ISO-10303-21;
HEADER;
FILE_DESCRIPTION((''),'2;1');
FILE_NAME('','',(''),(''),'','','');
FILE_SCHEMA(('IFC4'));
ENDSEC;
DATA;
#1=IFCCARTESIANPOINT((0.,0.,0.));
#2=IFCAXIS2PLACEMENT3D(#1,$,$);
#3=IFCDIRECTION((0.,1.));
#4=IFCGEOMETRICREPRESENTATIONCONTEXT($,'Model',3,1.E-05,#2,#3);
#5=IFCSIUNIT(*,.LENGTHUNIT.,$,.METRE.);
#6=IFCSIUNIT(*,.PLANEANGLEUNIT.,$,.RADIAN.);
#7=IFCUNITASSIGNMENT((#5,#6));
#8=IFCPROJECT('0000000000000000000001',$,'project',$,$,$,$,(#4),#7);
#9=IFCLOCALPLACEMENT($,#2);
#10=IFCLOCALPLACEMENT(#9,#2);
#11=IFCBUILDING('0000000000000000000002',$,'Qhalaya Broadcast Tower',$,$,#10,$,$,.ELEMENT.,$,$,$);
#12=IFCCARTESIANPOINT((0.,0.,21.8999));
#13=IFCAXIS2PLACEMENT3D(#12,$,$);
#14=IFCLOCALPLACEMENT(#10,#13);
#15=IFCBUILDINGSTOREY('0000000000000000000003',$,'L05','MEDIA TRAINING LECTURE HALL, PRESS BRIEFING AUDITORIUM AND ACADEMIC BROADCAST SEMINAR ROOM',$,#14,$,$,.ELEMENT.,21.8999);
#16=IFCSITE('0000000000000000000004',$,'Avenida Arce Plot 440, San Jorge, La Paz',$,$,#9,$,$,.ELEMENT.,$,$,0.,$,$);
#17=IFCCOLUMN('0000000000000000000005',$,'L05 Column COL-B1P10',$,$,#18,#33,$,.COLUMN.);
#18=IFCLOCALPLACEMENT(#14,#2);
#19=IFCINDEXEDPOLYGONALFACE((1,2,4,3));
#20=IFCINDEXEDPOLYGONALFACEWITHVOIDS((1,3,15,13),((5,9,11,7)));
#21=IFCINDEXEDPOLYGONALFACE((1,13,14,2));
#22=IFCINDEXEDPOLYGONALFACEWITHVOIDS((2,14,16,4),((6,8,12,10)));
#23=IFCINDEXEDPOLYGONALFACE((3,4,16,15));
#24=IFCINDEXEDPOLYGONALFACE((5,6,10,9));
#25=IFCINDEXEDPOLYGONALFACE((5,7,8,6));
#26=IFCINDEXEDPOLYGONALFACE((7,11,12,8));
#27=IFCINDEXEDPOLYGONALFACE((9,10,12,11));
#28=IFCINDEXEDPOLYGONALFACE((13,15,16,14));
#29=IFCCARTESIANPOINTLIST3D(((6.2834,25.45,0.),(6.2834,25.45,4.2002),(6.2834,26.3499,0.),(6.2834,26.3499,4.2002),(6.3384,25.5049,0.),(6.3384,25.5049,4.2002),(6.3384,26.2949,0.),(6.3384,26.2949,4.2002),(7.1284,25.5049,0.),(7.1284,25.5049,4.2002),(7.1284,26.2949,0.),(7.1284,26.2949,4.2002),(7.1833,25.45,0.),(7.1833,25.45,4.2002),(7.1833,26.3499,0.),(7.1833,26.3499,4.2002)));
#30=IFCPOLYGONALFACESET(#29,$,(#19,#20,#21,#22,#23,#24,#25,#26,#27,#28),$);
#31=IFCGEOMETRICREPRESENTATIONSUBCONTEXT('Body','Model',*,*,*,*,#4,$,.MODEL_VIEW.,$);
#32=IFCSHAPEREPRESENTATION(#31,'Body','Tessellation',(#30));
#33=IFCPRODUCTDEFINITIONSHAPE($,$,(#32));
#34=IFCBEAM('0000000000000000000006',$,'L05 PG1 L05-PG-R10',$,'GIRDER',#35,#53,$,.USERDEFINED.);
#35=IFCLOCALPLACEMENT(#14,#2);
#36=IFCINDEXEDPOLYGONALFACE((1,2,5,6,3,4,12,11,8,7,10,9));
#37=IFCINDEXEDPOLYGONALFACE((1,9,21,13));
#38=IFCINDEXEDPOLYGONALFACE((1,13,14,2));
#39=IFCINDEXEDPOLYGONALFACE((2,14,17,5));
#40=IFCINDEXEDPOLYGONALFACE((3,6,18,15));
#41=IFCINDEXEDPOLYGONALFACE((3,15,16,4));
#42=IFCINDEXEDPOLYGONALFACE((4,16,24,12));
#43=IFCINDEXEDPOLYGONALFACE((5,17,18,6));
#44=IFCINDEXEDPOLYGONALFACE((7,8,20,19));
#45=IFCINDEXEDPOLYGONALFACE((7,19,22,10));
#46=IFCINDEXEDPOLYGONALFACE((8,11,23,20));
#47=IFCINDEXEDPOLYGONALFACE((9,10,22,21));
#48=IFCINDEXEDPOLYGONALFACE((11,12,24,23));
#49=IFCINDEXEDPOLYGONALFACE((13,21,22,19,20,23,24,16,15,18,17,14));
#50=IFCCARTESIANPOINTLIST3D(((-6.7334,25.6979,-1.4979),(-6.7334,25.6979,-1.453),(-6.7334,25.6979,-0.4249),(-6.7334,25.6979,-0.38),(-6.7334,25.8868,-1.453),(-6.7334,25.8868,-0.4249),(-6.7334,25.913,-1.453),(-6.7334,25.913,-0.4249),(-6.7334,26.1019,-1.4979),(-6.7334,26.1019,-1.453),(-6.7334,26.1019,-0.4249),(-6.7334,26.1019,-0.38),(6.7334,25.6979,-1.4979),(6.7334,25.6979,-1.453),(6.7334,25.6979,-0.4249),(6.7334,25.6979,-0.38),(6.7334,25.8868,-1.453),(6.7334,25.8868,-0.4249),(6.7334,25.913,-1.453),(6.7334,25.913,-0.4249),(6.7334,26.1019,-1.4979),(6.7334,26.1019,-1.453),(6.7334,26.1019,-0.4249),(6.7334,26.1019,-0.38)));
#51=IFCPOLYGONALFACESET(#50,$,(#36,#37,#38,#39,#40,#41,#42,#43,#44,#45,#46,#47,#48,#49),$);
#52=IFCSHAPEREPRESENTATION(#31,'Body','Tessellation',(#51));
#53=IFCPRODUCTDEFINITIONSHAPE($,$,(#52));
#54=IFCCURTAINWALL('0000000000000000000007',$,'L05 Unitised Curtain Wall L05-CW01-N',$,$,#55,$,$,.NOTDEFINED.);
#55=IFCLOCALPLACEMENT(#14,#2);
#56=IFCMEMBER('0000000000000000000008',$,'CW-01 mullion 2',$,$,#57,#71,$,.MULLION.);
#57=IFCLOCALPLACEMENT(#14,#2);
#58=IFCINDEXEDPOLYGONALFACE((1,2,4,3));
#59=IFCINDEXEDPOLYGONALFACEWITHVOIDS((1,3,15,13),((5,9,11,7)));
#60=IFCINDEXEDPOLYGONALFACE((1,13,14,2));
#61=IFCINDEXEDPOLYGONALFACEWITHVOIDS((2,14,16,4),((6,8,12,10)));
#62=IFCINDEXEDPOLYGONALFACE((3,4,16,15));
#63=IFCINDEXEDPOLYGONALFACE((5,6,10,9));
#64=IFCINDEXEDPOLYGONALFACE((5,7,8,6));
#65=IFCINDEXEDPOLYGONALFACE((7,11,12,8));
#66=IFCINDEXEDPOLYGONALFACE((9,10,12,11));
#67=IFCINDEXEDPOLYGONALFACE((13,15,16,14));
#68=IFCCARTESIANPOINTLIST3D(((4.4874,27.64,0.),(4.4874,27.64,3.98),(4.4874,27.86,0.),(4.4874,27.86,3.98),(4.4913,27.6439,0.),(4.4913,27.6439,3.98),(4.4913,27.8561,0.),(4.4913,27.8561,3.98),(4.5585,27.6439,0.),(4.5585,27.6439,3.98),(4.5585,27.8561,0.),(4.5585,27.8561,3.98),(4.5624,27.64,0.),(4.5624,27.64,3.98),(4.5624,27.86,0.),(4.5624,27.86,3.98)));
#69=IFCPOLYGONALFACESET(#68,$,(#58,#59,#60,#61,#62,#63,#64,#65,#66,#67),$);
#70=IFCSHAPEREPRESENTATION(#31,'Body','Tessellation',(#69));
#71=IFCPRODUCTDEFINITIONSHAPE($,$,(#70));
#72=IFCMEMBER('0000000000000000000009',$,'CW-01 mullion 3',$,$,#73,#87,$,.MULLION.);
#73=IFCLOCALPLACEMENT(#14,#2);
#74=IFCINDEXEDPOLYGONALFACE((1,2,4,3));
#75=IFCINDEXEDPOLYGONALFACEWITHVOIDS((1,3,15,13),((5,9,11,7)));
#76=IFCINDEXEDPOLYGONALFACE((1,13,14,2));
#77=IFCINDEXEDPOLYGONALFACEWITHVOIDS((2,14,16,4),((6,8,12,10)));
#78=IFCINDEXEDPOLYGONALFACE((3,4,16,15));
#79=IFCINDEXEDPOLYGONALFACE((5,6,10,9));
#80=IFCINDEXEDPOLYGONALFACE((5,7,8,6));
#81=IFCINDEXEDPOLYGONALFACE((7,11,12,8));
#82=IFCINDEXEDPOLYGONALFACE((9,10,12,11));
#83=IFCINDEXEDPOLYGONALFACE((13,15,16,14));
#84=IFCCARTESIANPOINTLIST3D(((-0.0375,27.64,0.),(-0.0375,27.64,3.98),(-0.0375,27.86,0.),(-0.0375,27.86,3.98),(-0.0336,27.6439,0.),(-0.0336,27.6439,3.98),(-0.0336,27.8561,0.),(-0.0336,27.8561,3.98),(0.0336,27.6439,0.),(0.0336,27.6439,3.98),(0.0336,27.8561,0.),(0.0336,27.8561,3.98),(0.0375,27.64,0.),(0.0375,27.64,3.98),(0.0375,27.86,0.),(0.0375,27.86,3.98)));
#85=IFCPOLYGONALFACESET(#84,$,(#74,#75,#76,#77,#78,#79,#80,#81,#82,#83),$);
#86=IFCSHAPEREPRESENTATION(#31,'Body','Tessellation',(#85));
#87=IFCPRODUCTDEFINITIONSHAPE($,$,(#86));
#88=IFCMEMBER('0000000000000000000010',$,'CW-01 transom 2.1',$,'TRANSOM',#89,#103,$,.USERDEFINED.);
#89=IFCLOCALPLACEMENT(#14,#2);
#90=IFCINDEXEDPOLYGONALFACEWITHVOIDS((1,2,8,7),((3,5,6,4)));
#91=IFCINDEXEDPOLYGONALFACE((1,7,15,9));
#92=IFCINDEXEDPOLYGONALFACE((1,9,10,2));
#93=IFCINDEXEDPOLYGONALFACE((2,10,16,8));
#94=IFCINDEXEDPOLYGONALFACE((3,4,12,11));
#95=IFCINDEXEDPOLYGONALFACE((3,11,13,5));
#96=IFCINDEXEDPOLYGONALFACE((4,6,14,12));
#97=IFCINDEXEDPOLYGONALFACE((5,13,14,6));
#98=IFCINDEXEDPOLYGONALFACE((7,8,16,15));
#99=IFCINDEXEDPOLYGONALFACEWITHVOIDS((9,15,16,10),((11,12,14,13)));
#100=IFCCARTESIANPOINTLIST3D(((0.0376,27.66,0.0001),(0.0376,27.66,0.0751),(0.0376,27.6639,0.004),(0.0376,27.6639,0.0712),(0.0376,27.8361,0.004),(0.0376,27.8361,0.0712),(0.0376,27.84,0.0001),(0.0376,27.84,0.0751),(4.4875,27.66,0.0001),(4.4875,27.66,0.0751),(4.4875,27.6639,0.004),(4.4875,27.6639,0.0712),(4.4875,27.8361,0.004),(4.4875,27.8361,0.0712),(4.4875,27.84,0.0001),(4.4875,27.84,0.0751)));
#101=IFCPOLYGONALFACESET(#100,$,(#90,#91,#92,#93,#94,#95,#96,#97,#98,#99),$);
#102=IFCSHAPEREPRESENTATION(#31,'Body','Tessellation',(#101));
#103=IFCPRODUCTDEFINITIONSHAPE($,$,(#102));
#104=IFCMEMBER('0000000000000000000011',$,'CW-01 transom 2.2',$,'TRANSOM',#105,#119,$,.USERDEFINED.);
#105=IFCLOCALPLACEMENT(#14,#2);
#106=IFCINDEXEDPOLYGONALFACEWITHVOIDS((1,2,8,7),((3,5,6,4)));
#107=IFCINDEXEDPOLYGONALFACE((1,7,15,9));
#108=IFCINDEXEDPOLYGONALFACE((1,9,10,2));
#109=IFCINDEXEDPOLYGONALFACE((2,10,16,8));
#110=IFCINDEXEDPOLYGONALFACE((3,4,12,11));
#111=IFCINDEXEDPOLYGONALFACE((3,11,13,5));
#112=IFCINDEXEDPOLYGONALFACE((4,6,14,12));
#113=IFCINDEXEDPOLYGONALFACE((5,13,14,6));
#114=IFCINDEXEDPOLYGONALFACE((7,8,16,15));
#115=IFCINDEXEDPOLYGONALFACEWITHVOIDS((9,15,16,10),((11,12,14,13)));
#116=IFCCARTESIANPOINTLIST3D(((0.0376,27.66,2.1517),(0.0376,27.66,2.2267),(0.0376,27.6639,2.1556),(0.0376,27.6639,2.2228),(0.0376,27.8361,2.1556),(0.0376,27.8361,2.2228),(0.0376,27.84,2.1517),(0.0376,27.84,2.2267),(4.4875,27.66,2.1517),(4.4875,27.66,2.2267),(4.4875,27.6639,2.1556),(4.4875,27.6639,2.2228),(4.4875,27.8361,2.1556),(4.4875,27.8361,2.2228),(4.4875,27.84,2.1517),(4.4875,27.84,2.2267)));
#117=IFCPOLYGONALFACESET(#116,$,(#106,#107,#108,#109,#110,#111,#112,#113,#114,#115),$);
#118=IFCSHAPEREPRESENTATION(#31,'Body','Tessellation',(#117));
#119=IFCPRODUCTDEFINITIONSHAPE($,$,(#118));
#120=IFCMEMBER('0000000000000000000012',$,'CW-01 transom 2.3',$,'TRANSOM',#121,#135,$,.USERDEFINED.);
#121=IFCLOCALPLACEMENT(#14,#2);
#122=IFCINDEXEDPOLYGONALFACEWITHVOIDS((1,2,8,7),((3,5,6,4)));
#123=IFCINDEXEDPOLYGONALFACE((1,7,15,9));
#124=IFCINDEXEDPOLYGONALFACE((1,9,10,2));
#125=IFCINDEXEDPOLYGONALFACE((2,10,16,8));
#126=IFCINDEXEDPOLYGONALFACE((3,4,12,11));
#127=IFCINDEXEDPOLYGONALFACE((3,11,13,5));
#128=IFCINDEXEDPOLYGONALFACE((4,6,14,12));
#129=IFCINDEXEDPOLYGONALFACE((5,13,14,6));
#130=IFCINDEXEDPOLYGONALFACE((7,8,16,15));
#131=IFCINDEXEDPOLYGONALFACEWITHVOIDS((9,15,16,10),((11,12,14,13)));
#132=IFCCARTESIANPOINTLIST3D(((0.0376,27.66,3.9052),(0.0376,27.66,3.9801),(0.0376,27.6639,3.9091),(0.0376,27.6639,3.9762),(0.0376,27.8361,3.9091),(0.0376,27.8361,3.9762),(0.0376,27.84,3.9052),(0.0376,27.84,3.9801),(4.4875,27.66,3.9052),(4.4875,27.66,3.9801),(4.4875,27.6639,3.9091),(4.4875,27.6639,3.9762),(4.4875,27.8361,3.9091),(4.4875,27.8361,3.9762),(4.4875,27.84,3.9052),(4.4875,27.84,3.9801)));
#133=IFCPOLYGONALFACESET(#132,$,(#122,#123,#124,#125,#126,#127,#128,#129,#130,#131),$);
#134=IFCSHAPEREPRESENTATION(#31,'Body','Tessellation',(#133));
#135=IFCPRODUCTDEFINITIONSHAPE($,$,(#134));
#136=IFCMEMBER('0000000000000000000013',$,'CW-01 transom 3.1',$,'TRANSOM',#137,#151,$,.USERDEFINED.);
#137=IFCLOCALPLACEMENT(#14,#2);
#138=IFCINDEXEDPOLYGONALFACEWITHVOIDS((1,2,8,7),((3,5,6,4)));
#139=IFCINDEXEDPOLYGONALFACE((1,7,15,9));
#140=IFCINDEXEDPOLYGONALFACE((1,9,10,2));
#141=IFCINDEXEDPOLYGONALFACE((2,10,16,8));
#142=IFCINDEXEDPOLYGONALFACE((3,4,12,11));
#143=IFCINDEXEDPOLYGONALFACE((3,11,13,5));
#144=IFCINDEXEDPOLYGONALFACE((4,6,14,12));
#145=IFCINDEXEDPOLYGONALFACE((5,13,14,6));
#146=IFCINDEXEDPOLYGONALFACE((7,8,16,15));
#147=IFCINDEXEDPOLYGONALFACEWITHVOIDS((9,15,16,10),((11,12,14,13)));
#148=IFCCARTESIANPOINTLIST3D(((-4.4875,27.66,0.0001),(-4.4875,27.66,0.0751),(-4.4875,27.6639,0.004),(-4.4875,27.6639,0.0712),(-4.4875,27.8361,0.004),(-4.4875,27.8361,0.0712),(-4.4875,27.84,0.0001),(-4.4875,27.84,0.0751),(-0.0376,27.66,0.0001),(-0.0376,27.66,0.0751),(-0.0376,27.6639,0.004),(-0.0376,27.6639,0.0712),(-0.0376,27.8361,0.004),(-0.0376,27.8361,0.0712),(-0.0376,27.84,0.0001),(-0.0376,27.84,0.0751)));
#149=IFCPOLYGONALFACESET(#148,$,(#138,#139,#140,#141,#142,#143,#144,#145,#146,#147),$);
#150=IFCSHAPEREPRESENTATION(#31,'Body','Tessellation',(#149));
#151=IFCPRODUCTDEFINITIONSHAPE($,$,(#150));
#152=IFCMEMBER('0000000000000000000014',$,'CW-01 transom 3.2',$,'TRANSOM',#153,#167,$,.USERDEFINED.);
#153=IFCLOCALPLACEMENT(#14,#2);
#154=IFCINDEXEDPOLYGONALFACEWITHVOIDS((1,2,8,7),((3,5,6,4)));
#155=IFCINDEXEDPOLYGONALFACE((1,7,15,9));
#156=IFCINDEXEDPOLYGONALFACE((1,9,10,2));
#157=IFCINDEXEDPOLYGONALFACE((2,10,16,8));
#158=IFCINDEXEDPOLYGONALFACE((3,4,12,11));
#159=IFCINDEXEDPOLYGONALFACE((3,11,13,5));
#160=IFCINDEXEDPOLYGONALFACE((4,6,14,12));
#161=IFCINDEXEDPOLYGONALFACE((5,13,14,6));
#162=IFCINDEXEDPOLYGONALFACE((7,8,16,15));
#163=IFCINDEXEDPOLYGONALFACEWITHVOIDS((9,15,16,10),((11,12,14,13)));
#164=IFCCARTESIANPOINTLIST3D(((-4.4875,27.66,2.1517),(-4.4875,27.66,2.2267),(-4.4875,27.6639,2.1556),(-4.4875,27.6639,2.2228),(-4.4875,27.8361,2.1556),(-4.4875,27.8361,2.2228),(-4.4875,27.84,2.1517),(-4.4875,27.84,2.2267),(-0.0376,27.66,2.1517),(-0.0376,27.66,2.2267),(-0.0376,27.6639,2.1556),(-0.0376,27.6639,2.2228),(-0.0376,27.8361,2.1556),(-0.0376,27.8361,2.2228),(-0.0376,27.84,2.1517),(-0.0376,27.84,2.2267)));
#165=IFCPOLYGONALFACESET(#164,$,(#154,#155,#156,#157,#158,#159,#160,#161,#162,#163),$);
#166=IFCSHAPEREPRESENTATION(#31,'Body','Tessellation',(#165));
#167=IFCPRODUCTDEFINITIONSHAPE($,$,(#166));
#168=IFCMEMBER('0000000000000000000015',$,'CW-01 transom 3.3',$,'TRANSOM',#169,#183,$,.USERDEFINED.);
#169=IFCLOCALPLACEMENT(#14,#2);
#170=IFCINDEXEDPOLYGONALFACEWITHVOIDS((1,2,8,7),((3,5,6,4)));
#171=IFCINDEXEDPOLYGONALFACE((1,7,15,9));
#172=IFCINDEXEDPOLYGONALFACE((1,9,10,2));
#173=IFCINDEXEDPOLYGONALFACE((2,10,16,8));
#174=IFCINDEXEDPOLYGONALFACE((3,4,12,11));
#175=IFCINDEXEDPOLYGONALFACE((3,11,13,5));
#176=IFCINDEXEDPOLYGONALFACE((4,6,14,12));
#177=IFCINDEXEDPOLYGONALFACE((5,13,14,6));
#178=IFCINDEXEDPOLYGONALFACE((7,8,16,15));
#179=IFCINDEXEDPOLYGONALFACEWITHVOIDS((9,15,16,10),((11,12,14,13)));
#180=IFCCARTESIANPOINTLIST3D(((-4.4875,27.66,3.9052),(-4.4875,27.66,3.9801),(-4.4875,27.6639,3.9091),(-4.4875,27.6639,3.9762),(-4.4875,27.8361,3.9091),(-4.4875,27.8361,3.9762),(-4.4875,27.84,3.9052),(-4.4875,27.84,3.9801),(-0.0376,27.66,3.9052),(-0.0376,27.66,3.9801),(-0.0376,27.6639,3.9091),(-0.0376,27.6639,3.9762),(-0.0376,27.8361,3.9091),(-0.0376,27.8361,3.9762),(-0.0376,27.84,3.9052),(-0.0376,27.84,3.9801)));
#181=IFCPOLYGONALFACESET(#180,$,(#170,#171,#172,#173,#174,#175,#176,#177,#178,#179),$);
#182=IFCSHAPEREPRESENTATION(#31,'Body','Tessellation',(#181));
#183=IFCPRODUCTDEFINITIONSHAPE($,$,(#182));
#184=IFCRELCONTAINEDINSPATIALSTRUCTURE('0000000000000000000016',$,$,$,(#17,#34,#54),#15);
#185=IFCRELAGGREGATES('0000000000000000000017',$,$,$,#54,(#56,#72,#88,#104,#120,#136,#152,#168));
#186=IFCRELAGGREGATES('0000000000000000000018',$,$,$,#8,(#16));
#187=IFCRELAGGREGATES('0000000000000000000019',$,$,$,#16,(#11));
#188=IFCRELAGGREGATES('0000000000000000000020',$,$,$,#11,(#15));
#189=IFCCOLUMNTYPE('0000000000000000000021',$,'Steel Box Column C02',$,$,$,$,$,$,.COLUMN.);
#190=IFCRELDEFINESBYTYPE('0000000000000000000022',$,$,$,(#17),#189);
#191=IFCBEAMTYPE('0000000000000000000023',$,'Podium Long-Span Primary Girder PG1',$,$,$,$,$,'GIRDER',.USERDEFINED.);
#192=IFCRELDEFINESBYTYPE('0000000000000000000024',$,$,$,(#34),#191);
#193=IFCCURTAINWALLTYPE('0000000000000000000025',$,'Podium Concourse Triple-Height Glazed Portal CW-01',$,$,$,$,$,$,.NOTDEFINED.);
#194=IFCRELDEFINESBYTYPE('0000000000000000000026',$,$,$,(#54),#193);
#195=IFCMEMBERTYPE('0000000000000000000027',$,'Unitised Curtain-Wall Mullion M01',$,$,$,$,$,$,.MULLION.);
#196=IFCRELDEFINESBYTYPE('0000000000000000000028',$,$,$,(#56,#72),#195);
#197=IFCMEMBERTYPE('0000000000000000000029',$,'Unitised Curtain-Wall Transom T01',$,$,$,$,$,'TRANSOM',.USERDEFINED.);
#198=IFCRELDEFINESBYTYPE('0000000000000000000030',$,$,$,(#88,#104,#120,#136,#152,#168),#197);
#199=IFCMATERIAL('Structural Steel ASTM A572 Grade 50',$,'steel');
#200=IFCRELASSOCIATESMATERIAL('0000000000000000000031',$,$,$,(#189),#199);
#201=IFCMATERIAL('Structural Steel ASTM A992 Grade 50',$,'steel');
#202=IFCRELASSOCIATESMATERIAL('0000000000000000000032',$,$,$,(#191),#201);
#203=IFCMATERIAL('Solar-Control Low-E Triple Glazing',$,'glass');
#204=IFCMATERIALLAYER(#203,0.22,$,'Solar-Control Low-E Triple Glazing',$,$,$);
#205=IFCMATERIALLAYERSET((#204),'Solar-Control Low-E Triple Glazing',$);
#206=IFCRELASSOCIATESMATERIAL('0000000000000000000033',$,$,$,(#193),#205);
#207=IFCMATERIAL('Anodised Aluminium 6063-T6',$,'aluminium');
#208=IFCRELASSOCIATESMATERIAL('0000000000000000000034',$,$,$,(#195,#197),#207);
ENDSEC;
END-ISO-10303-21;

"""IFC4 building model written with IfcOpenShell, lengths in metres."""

from ifc_helpers import new_model, si_unit, direction, frame, origin, origin_2d, place, context, subcontext, project, spatial, hollow_rectangle, i_section, extrude, material, layer, layer_set, material_profile, profile_set, type_object, element, aggregate, save


model = new_model("IFC4")

# Units and contexts
model_context = context("Model", 3, precision=1e-05, world=origin(), true_north=direction((0.0, 1.0)))
body_context = subcontext(model_context, "Body", "Model", "MODEL_VIEW")
ifc_project = project(units=[si_unit("LENGTHUNIT", "METRE"), si_unit("PLANEANGLEUNIT", "RADIAN")], contexts=[model_context])

# Site, building, storey
site_placement = place(None, origin())
site = spatial("IfcSite", under=ifc_project, at=site_placement, Name="Avenida Arce Plot 440, San Jorge, La Paz", CompositionType="ELEMENT", RefElevation=0.0)
building_placement = place(site_placement, origin())
building = spatial("IfcBuilding", under=site, at=building_placement, Name="Qhalaya Broadcast Tower", CompositionType="ELEMENT")
storey_placement = place(building_placement, frame((0.0, 0.0, 21.8999)))
storey = spatial("IfcBuildingStorey", under=building, at=storey_placement, Name="L05", Description="MEDIA TRAINING LECTURE HALL, PRESS BRIEFING AUDITORIUM AND ACADEMIC BROADCAST SEMINAR ROOM", CompositionType="ELEMENT", Elevation=21.8999)

# Column
ifc_material_1 = material(Name="Structural Steel ASTM A572 Grade 50", Category="steel")
ifc_material_profile_1 = material_profile(ifc_material_1, hollow_rectangle(XDim=0.8999, YDim=0.8999, WallThickness=0.0549, at=origin_2d()), Name="BOX 900x900x55")
ifc_profile_set_1 = profile_set([ifc_material_profile_1], Name="Structural Steel ASTM A572 Grade 50")
column_type = type_object("IfcColumnType", Name="Steel Box Column C02", PredefinedType="COLUMN", material=ifc_profile_set_1)
column_placement = place(storey_placement, frame((6.7334, 25.8999, 0.0), z_axis=(0.0, 0.0, 1.0), x_axis=(1.0, 0.0, 0.0)))
element("IfcColumn", 1, at=column_placement, inside=storey, type_object=column_type, Name="L05 Column COL-B1P10", PredefinedType="COLUMN", context=body_context, shape_type="SweptSolid", body=[
    extrude(hollow_rectangle(XDim=0.8999, YDim=0.8999, WallThickness=0.0549, at=origin_2d()), origin(), (0.0, 0.0, 1.0), 4.2002),
])

# Beam
ifc_material_2 = material(Name="Structural Steel ASTM A992 Grade 50", Category="steel")
ifc_material_profile_2 = material_profile(ifc_material_2, i_section(OverallWidth=0.4041, OverallDepth=1.1179, WebThickness=0.0261, FlangeThickness=0.0449, at=origin_2d()), Name="W44X335")
ifc_profile_set_2 = profile_set([ifc_material_profile_2], Name="Structural Steel ASTM A992 Grade 50")
beam_type = type_object("IfcBeamType", Name="Podium Long-Span Primary Girder PG1", ElementType="GIRDER", PredefinedType="USERDEFINED", material=ifc_profile_set_2)
beam_placement = place(storey_placement, frame((6.7334, 25.8999, -0.939), z_axis=(-1.0, 0.0, 0.0), x_axis=(0.0, -1.0, 0.0)))
element("IfcBeam", 2, at=beam_placement, inside=storey, type_object=beam_type, Name="L05 PG1 L05-PG-R10", ObjectType="GIRDER", PredefinedType="USERDEFINED", context=body_context, shape_type="SweptSolid", body=[
    extrude(i_section(OverallWidth=0.4041, OverallDepth=1.1179, WebThickness=0.0261, FlangeThickness=0.0449, at=origin_2d()), origin(), (0.0, 0.0, 1.0), 13.4668),
])

# Curtain wall, members
ifc_material_3 = material(Name="Solar-Control Low-E Triple Glazing", Category="glass")
ifc_layer_1 = layer(ifc_material_3, 0.22, Name="Solar-Control Low-E Triple Glazing")
ifc_layer_set_1 = layer_set([ifc_layer_1], Name="Solar-Control Low-E Triple Glazing")
curtain_wall_type = type_object("IfcCurtainWallType", Name="Podium Concourse Triple-Height Glazed Portal CW-01", PredefinedType="NOTDEFINED", material=ifc_layer_set_1)
curtain_wall_placement = place(storey_placement, origin())
curtain_wall = element("IfcCurtainWall", 3, at=curtain_wall_placement, inside=storey, type_object=curtain_wall_type, Name="L05 Unitised Curtain Wall L05-CW01-N", PredefinedType="NOTDEFINED")
ifc_material_4 = material(Name="Anodised Aluminium 6063-T6", Category="aluminium")
ifc_material_profile_3 = material_profile(ifc_material_4, hollow_rectangle(XDim=0.075, YDim=0.22, WallThickness=0.0039, at=origin_2d()), Name="ALU-MUL 75x220x4")
ifc_profile_set_3 = profile_set([ifc_material_profile_3], Name="Anodised Aluminium 6063-T6")
member_type_1 = type_object("IfcMemberType", Name="Unitised Curtain-Wall Mullion M01", PredefinedType="MULLION", material=ifc_profile_set_3)
member_1_placement = place(storey_placement, frame((4.5249, 27.75, 0.0), z_axis=(0.0, 0.0, 1.0), x_axis=(-1.0, 0.0, 0.0)))
member_1 = element("IfcMember", 4, at=member_1_placement, type_object=member_type_1, Name="CW-01 mullion 2", PredefinedType="MULLION", context=body_context, shape_type="SweptSolid", body=[
    extrude(hollow_rectangle(XDim=0.075, YDim=0.22, WallThickness=0.0039, at=origin_2d()), origin(), (0.0, 0.0, 1.0), 3.98),
])
member_2_placement = place(storey_placement, frame((0.0, 27.75, 0.0), z_axis=(0.0, 0.0, 1.0), x_axis=(-1.0, 0.0, 0.0)))
member_2 = element("IfcMember", 5, at=member_2_placement, type_object=member_type_1, Name="CW-01 mullion 3", PredefinedType="MULLION", context=body_context, shape_type="SweptSolid", body=[
    extrude(hollow_rectangle(XDim=0.075, YDim=0.22, WallThickness=0.0039, at=origin_2d()), origin(), (0.0, 0.0, 1.0), 3.98),
])
ifc_material_profile_4 = material_profile(ifc_material_4, hollow_rectangle(XDim=0.075, YDim=0.1799, WallThickness=0.0039, at=origin_2d()), Name="ALU-TRN 75x180x4")
ifc_profile_set_4 = profile_set([ifc_material_profile_4], Name="Anodised Aluminium 6063-T6")
member_type_2 = type_object("IfcMemberType", Name="Unitised Curtain-Wall Transom T01", ElementType="TRANSOM", PredefinedType="USERDEFINED", material=ifc_profile_set_4)
member_3_placement = place(storey_placement, frame((4.4875, 27.75, 0.0376), z_axis=(-1.0, 0.0, 0.0), x_axis=(0.0, 0.0, 1.0)))
member_3 = element("IfcMember", 6, at=member_3_placement, type_object=member_type_2, Name="CW-01 transom 2.1", ObjectType="TRANSOM", PredefinedType="USERDEFINED", context=body_context, shape_type="SweptSolid", body=[
    extrude(hollow_rectangle(XDim=0.075, YDim=0.1799, WallThickness=0.0039, at=origin_2d()), origin(), (0.0, 0.0, 1.0), 4.45),
])
member_4_placement = place(storey_placement, frame((4.4875, 27.75, 2.1892), z_axis=(-1.0, 0.0, 0.0), x_axis=(0.0, 0.0, 1.0)))
member_4 = element("IfcMember", 7, at=member_4_placement, type_object=member_type_2, Name="CW-01 transom 2.2", ObjectType="TRANSOM", PredefinedType="USERDEFINED", context=body_context, shape_type="SweptSolid", body=[
    extrude(hollow_rectangle(XDim=0.075, YDim=0.1799, WallThickness=0.0039, at=origin_2d()), origin(), (0.0, 0.0, 1.0), 4.45),
])
member_5_placement = place(storey_placement, frame((4.4875, 27.75, 3.9426), z_axis=(-1.0, 0.0, 0.0), x_axis=(0.0, 0.0, 1.0)))
member_5 = element("IfcMember", 8, at=member_5_placement, type_object=member_type_2, Name="CW-01 transom 2.3", ObjectType="TRANSOM", PredefinedType="USERDEFINED", context=body_context, shape_type="SweptSolid", body=[
    extrude(hollow_rectangle(XDim=0.075, YDim=0.1799, WallThickness=0.0039, at=origin_2d()), origin(), (0.0, 0.0, 1.0), 4.45),
])
member_6_placement = place(storey_placement, frame((-0.0376, 27.75, 0.0376), z_axis=(-1.0, 0.0, 0.0), x_axis=(0.0, 0.0, 1.0)))
member_6 = element("IfcMember", 9, at=member_6_placement, type_object=member_type_2, Name="CW-01 transom 3.1", ObjectType="TRANSOM", PredefinedType="USERDEFINED", context=body_context, shape_type="SweptSolid", body=[
    extrude(hollow_rectangle(XDim=0.075, YDim=0.1799, WallThickness=0.0039, at=origin_2d()), origin(), (0.0, 0.0, 1.0), 4.45),
])
member_7_placement = place(storey_placement, frame((-0.0376, 27.75, 2.1892), z_axis=(-1.0, 0.0, 0.0), x_axis=(0.0, 0.0, 1.0)))
member_7 = element("IfcMember", 10, at=member_7_placement, type_object=member_type_2, Name="CW-01 transom 3.2", ObjectType="TRANSOM", PredefinedType="USERDEFINED", context=body_context, shape_type="SweptSolid", body=[
    extrude(hollow_rectangle(XDim=0.075, YDim=0.1799, WallThickness=0.0039, at=origin_2d()), origin(), (0.0, 0.0, 1.0), 4.45),
])
member_8_placement = place(storey_placement, frame((-0.0376, 27.75, 3.9426), z_axis=(-1.0, 0.0, 0.0), x_axis=(0.0, 0.0, 1.0)))
member_8 = element("IfcMember", 11, at=member_8_placement, type_object=member_type_2, Name="CW-01 transom 3.3", ObjectType="TRANSOM", PredefinedType="USERDEFINED", context=body_context, shape_type="SweptSolid", body=[
    extrude(hollow_rectangle(XDim=0.075, YDim=0.1799, WallThickness=0.0039, at=origin_2d()), origin(), (0.0, 0.0, 1.0), 4.45),
])
aggregate(curtain_wall, [member_1, member_2, member_3, member_4, member_5, member_6, member_7, member_8])

save(model, "model.ifc")
